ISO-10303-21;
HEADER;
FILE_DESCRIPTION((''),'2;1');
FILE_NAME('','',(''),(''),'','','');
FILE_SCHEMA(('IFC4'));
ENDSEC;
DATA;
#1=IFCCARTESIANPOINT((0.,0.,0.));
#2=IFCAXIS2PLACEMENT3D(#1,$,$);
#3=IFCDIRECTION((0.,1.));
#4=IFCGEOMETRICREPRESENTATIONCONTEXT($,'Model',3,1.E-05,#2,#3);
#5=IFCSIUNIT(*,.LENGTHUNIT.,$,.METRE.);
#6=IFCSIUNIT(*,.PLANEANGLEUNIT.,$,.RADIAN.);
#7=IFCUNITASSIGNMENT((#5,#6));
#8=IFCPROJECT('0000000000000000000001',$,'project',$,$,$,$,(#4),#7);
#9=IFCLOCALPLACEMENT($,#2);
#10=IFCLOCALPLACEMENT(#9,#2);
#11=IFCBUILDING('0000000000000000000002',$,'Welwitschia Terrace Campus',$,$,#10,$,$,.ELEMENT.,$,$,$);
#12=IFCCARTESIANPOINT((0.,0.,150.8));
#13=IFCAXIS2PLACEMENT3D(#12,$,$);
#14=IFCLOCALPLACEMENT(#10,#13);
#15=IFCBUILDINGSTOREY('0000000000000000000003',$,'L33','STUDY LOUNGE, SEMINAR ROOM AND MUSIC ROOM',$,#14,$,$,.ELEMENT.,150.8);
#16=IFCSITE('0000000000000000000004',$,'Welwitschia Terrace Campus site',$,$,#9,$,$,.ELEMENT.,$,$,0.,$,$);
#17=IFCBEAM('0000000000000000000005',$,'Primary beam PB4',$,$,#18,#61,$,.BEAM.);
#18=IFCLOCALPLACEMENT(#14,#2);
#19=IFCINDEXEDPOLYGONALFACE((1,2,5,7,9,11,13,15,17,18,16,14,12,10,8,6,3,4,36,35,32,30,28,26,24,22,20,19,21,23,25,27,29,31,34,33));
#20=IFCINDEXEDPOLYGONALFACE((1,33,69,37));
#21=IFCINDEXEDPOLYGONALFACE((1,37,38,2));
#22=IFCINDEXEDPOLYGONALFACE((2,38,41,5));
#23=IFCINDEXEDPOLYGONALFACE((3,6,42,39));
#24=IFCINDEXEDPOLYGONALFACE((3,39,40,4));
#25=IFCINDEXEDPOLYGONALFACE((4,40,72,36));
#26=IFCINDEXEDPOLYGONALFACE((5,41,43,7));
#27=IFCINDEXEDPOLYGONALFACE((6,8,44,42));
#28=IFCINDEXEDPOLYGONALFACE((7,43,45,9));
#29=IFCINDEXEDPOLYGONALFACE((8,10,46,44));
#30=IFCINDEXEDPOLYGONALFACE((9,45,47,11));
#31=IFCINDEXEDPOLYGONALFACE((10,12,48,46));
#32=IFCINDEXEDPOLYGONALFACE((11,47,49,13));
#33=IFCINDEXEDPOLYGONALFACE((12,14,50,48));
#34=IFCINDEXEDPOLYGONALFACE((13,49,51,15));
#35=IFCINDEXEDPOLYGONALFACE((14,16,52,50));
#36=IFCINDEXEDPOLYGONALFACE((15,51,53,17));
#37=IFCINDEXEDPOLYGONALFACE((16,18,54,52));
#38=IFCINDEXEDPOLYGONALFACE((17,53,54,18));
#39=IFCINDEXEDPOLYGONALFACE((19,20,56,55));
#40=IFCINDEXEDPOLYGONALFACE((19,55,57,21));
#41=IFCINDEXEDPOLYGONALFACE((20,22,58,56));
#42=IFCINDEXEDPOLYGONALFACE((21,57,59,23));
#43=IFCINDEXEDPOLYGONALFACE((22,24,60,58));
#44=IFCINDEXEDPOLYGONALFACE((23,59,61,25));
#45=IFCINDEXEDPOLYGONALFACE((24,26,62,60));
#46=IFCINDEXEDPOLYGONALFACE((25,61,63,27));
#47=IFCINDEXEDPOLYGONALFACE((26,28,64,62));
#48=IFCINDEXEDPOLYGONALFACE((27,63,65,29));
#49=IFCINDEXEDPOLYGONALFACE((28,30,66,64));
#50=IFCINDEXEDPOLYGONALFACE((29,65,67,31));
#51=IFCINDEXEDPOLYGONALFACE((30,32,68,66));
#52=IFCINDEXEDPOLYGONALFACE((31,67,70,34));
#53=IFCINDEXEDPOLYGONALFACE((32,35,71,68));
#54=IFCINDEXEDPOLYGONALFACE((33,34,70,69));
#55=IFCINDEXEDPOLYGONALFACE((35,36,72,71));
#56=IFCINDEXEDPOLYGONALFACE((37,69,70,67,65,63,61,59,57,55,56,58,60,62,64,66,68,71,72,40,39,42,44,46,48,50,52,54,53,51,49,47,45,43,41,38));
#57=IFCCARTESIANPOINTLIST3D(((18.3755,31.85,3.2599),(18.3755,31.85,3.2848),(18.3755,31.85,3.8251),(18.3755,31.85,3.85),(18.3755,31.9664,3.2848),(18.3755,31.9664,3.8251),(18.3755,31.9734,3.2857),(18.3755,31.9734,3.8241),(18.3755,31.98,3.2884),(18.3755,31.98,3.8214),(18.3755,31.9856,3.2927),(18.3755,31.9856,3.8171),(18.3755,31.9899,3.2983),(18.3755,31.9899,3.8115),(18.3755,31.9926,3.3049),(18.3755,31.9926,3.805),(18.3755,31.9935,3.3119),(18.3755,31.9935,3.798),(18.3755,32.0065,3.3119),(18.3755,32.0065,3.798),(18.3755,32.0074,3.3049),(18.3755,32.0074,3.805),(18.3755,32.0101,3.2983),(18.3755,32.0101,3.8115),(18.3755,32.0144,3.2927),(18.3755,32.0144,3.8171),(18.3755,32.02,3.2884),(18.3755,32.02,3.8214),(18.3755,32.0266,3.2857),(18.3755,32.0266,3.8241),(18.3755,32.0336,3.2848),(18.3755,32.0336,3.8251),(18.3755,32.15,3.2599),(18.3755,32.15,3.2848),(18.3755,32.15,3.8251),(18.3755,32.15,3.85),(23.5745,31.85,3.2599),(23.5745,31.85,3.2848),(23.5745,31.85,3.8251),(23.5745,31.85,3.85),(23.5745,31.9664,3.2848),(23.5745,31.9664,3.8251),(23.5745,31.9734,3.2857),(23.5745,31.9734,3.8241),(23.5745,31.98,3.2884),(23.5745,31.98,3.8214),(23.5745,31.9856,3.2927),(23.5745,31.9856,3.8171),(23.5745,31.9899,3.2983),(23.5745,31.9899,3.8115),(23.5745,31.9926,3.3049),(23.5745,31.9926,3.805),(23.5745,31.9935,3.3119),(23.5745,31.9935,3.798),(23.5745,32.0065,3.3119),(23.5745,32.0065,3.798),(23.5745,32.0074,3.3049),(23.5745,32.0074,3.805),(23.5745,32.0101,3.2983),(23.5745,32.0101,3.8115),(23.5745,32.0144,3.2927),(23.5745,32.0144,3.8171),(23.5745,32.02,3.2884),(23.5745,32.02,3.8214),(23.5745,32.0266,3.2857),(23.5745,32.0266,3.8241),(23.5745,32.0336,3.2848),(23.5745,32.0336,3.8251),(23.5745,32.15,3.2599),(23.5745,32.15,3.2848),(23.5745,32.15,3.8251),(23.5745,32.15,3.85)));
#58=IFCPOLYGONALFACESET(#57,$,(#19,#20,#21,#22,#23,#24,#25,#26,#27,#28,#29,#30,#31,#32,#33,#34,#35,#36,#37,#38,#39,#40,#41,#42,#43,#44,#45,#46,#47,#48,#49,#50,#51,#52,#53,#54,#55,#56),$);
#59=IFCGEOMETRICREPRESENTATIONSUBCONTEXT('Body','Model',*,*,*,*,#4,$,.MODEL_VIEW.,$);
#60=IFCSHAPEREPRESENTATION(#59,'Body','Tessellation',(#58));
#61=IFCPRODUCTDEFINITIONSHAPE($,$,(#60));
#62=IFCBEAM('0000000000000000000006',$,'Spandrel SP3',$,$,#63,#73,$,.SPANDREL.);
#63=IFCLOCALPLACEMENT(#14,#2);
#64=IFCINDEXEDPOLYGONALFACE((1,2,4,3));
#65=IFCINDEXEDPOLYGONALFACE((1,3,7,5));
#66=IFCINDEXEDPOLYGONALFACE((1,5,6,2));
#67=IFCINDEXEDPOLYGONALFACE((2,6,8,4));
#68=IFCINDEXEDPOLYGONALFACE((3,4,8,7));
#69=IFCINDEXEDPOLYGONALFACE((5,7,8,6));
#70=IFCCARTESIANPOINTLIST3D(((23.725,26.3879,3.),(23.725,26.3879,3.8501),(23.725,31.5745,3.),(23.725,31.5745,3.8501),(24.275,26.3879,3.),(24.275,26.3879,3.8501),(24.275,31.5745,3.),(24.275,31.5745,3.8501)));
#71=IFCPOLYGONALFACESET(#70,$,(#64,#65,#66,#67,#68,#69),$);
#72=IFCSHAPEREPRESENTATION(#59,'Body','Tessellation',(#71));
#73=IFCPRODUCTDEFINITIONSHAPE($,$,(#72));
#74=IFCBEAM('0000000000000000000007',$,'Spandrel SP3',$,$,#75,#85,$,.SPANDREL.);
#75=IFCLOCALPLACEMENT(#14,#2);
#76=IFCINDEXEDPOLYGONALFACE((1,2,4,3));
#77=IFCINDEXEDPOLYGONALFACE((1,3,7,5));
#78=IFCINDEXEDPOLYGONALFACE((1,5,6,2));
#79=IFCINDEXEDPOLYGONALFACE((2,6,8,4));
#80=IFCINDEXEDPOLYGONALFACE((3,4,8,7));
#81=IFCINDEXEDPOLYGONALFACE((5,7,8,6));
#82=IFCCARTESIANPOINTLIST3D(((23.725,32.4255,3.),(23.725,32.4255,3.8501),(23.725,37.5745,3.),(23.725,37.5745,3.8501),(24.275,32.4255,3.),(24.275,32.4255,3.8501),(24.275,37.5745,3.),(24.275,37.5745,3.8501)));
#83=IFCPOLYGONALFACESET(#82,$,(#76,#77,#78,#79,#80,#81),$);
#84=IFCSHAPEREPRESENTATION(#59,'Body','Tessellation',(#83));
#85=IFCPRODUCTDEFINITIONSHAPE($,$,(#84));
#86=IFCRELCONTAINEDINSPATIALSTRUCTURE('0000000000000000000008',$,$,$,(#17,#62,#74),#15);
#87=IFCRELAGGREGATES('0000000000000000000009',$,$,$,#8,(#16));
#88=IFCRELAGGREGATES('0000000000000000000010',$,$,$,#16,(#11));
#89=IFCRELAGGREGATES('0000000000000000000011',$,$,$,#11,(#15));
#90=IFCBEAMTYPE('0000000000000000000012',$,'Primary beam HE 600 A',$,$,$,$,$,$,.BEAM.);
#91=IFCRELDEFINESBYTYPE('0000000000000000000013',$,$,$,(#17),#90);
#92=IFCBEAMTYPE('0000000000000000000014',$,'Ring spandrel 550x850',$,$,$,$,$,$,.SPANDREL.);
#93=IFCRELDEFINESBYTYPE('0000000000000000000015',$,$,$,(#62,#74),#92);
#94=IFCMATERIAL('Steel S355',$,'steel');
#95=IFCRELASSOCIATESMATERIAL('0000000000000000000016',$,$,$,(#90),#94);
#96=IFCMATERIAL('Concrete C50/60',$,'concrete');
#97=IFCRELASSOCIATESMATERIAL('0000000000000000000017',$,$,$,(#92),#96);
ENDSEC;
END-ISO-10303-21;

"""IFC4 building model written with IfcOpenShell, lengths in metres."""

from ifc_helpers import new_model, si_unit, direction, frame, origin, origin_2d, place, context, subcontext, project, spatial, rectangle, i_section, extrude, material, material_profile, profile_set, type_object, element, save


model = new_model("IFC4")

# Units and contexts
model_context = context("Model", 3, precision=1e-05, world=origin(), true_north=direction((0.0, 1.0)))
body_context = subcontext(model_context, "Body", "Model", "MODEL_VIEW")
ifc_project = project(units=[si_unit("LENGTHUNIT", "METRE"), si_unit("PLANEANGLEUNIT", "RADIAN")], contexts=[model_context])

# Site, building, storey
site_placement = place(None, origin())
site = spatial("IfcSite", under=ifc_project, at=site_placement, Name="Welwitschia Terrace Campus site", CompositionType="ELEMENT", RefElevation=0.0)
building_placement = place(site_placement, origin())
building = spatial("IfcBuilding", under=site, at=building_placement, Name="Welwitschia Terrace Campus", CompositionType="ELEMENT")
storey_placement = place(building_placement, frame((0.0, 0.0, 150.8)))
storey = spatial("IfcBuildingStorey", under=building, at=storey_placement, Name="L33", Description="STUDY LOUNGE, SEMINAR ROOM AND MUSIC ROOM", CompositionType="ELEMENT", Elevation=150.8)

# Beams
ifc_material_1 = material(Name="Steel S355", Category="steel")
ifc_material_profile_1 = material_profile(ifc_material_1, i_section(OverallWidth=0.3, OverallDepth=0.5901, WebThickness=0.0129, FlangeThickness=0.0249, FilletRadius=0.0271, at=origin_2d()))
ifc_profile_set_1 = profile_set([ifc_material_profile_1], Name="Steel S355")
beam_type_1 = type_object("IfcBeamType", Name="Primary beam HE 600 A", PredefinedType="BEAM", material=ifc_profile_set_1)
beam_1_placement = place(storey_placement, frame((23.5745, 32.0, 3.5549), z_axis=(-1.0, 0.0, 0.0), x_axis=(0.0, -1.0, 0.0)))
element("IfcBeam", 1, at=beam_1_placement, inside=storey, type_object=beam_type_1, Name="Primary beam PB4", PredefinedType="BEAM", context=body_context, shape_type="SweptSolid", body=[
    extrude(i_section(OverallWidth=0.3, OverallDepth=0.5901, WebThickness=0.0129, FlangeThickness=0.0249, FilletRadius=0.0271, at=origin_2d()), origin(), (0.0, 0.0, 1.0), 5.199),
])
ifc_material_2 = material(Name="Concrete C50/60", Category="concrete")
ifc_material_profile_2 = material_profile(ifc_material_2, rectangle(XDim=0.55, YDim=0.8501, at=origin_2d()))
ifc_profile_set_2 = profile_set([ifc_material_profile_2], Name="Concrete C50/60")
beam_type_2 = type_object("IfcBeamType", Name="Ring spandrel 550x850", PredefinedType="SPANDREL", material=ifc_profile_set_2)
beam_2_placement = place(storey_placement, frame((24.0, 26.3879, 3.425), z_axis=(0.0, 1.0, 0.0), x_axis=(-1.0, 0.0, 0.0)))
element("IfcBeam", 2, at=beam_2_placement, inside=storey, type_object=beam_type_2, Name="Spandrel SP3", PredefinedType="SPANDREL", context=body_context, shape_type="SweptSolid", body=[
    extrude(rectangle(XDim=0.55, YDim=0.8501, at=origin_2d()), origin(), (0.0, 0.0, 1.0), 5.1865),
])
beam_3_placement = place(storey_placement, frame((24.0, 32.4255, 3.425), z_axis=(0.0, 1.0, 0.0), x_axis=(-1.0, 0.0, 0.0)))
element("IfcBeam", 3, at=beam_3_placement, inside=storey, type_object=beam_type_2, Name="Spandrel SP3", PredefinedType="SPANDREL", context=body_context, shape_type="SweptSolid", body=[
    extrude(rectangle(XDim=0.55, YDim=0.8501, at=origin_2d()), origin(), (0.0, 0.0, 1.0), 5.1489),
])

save(model, "model.ifc")
